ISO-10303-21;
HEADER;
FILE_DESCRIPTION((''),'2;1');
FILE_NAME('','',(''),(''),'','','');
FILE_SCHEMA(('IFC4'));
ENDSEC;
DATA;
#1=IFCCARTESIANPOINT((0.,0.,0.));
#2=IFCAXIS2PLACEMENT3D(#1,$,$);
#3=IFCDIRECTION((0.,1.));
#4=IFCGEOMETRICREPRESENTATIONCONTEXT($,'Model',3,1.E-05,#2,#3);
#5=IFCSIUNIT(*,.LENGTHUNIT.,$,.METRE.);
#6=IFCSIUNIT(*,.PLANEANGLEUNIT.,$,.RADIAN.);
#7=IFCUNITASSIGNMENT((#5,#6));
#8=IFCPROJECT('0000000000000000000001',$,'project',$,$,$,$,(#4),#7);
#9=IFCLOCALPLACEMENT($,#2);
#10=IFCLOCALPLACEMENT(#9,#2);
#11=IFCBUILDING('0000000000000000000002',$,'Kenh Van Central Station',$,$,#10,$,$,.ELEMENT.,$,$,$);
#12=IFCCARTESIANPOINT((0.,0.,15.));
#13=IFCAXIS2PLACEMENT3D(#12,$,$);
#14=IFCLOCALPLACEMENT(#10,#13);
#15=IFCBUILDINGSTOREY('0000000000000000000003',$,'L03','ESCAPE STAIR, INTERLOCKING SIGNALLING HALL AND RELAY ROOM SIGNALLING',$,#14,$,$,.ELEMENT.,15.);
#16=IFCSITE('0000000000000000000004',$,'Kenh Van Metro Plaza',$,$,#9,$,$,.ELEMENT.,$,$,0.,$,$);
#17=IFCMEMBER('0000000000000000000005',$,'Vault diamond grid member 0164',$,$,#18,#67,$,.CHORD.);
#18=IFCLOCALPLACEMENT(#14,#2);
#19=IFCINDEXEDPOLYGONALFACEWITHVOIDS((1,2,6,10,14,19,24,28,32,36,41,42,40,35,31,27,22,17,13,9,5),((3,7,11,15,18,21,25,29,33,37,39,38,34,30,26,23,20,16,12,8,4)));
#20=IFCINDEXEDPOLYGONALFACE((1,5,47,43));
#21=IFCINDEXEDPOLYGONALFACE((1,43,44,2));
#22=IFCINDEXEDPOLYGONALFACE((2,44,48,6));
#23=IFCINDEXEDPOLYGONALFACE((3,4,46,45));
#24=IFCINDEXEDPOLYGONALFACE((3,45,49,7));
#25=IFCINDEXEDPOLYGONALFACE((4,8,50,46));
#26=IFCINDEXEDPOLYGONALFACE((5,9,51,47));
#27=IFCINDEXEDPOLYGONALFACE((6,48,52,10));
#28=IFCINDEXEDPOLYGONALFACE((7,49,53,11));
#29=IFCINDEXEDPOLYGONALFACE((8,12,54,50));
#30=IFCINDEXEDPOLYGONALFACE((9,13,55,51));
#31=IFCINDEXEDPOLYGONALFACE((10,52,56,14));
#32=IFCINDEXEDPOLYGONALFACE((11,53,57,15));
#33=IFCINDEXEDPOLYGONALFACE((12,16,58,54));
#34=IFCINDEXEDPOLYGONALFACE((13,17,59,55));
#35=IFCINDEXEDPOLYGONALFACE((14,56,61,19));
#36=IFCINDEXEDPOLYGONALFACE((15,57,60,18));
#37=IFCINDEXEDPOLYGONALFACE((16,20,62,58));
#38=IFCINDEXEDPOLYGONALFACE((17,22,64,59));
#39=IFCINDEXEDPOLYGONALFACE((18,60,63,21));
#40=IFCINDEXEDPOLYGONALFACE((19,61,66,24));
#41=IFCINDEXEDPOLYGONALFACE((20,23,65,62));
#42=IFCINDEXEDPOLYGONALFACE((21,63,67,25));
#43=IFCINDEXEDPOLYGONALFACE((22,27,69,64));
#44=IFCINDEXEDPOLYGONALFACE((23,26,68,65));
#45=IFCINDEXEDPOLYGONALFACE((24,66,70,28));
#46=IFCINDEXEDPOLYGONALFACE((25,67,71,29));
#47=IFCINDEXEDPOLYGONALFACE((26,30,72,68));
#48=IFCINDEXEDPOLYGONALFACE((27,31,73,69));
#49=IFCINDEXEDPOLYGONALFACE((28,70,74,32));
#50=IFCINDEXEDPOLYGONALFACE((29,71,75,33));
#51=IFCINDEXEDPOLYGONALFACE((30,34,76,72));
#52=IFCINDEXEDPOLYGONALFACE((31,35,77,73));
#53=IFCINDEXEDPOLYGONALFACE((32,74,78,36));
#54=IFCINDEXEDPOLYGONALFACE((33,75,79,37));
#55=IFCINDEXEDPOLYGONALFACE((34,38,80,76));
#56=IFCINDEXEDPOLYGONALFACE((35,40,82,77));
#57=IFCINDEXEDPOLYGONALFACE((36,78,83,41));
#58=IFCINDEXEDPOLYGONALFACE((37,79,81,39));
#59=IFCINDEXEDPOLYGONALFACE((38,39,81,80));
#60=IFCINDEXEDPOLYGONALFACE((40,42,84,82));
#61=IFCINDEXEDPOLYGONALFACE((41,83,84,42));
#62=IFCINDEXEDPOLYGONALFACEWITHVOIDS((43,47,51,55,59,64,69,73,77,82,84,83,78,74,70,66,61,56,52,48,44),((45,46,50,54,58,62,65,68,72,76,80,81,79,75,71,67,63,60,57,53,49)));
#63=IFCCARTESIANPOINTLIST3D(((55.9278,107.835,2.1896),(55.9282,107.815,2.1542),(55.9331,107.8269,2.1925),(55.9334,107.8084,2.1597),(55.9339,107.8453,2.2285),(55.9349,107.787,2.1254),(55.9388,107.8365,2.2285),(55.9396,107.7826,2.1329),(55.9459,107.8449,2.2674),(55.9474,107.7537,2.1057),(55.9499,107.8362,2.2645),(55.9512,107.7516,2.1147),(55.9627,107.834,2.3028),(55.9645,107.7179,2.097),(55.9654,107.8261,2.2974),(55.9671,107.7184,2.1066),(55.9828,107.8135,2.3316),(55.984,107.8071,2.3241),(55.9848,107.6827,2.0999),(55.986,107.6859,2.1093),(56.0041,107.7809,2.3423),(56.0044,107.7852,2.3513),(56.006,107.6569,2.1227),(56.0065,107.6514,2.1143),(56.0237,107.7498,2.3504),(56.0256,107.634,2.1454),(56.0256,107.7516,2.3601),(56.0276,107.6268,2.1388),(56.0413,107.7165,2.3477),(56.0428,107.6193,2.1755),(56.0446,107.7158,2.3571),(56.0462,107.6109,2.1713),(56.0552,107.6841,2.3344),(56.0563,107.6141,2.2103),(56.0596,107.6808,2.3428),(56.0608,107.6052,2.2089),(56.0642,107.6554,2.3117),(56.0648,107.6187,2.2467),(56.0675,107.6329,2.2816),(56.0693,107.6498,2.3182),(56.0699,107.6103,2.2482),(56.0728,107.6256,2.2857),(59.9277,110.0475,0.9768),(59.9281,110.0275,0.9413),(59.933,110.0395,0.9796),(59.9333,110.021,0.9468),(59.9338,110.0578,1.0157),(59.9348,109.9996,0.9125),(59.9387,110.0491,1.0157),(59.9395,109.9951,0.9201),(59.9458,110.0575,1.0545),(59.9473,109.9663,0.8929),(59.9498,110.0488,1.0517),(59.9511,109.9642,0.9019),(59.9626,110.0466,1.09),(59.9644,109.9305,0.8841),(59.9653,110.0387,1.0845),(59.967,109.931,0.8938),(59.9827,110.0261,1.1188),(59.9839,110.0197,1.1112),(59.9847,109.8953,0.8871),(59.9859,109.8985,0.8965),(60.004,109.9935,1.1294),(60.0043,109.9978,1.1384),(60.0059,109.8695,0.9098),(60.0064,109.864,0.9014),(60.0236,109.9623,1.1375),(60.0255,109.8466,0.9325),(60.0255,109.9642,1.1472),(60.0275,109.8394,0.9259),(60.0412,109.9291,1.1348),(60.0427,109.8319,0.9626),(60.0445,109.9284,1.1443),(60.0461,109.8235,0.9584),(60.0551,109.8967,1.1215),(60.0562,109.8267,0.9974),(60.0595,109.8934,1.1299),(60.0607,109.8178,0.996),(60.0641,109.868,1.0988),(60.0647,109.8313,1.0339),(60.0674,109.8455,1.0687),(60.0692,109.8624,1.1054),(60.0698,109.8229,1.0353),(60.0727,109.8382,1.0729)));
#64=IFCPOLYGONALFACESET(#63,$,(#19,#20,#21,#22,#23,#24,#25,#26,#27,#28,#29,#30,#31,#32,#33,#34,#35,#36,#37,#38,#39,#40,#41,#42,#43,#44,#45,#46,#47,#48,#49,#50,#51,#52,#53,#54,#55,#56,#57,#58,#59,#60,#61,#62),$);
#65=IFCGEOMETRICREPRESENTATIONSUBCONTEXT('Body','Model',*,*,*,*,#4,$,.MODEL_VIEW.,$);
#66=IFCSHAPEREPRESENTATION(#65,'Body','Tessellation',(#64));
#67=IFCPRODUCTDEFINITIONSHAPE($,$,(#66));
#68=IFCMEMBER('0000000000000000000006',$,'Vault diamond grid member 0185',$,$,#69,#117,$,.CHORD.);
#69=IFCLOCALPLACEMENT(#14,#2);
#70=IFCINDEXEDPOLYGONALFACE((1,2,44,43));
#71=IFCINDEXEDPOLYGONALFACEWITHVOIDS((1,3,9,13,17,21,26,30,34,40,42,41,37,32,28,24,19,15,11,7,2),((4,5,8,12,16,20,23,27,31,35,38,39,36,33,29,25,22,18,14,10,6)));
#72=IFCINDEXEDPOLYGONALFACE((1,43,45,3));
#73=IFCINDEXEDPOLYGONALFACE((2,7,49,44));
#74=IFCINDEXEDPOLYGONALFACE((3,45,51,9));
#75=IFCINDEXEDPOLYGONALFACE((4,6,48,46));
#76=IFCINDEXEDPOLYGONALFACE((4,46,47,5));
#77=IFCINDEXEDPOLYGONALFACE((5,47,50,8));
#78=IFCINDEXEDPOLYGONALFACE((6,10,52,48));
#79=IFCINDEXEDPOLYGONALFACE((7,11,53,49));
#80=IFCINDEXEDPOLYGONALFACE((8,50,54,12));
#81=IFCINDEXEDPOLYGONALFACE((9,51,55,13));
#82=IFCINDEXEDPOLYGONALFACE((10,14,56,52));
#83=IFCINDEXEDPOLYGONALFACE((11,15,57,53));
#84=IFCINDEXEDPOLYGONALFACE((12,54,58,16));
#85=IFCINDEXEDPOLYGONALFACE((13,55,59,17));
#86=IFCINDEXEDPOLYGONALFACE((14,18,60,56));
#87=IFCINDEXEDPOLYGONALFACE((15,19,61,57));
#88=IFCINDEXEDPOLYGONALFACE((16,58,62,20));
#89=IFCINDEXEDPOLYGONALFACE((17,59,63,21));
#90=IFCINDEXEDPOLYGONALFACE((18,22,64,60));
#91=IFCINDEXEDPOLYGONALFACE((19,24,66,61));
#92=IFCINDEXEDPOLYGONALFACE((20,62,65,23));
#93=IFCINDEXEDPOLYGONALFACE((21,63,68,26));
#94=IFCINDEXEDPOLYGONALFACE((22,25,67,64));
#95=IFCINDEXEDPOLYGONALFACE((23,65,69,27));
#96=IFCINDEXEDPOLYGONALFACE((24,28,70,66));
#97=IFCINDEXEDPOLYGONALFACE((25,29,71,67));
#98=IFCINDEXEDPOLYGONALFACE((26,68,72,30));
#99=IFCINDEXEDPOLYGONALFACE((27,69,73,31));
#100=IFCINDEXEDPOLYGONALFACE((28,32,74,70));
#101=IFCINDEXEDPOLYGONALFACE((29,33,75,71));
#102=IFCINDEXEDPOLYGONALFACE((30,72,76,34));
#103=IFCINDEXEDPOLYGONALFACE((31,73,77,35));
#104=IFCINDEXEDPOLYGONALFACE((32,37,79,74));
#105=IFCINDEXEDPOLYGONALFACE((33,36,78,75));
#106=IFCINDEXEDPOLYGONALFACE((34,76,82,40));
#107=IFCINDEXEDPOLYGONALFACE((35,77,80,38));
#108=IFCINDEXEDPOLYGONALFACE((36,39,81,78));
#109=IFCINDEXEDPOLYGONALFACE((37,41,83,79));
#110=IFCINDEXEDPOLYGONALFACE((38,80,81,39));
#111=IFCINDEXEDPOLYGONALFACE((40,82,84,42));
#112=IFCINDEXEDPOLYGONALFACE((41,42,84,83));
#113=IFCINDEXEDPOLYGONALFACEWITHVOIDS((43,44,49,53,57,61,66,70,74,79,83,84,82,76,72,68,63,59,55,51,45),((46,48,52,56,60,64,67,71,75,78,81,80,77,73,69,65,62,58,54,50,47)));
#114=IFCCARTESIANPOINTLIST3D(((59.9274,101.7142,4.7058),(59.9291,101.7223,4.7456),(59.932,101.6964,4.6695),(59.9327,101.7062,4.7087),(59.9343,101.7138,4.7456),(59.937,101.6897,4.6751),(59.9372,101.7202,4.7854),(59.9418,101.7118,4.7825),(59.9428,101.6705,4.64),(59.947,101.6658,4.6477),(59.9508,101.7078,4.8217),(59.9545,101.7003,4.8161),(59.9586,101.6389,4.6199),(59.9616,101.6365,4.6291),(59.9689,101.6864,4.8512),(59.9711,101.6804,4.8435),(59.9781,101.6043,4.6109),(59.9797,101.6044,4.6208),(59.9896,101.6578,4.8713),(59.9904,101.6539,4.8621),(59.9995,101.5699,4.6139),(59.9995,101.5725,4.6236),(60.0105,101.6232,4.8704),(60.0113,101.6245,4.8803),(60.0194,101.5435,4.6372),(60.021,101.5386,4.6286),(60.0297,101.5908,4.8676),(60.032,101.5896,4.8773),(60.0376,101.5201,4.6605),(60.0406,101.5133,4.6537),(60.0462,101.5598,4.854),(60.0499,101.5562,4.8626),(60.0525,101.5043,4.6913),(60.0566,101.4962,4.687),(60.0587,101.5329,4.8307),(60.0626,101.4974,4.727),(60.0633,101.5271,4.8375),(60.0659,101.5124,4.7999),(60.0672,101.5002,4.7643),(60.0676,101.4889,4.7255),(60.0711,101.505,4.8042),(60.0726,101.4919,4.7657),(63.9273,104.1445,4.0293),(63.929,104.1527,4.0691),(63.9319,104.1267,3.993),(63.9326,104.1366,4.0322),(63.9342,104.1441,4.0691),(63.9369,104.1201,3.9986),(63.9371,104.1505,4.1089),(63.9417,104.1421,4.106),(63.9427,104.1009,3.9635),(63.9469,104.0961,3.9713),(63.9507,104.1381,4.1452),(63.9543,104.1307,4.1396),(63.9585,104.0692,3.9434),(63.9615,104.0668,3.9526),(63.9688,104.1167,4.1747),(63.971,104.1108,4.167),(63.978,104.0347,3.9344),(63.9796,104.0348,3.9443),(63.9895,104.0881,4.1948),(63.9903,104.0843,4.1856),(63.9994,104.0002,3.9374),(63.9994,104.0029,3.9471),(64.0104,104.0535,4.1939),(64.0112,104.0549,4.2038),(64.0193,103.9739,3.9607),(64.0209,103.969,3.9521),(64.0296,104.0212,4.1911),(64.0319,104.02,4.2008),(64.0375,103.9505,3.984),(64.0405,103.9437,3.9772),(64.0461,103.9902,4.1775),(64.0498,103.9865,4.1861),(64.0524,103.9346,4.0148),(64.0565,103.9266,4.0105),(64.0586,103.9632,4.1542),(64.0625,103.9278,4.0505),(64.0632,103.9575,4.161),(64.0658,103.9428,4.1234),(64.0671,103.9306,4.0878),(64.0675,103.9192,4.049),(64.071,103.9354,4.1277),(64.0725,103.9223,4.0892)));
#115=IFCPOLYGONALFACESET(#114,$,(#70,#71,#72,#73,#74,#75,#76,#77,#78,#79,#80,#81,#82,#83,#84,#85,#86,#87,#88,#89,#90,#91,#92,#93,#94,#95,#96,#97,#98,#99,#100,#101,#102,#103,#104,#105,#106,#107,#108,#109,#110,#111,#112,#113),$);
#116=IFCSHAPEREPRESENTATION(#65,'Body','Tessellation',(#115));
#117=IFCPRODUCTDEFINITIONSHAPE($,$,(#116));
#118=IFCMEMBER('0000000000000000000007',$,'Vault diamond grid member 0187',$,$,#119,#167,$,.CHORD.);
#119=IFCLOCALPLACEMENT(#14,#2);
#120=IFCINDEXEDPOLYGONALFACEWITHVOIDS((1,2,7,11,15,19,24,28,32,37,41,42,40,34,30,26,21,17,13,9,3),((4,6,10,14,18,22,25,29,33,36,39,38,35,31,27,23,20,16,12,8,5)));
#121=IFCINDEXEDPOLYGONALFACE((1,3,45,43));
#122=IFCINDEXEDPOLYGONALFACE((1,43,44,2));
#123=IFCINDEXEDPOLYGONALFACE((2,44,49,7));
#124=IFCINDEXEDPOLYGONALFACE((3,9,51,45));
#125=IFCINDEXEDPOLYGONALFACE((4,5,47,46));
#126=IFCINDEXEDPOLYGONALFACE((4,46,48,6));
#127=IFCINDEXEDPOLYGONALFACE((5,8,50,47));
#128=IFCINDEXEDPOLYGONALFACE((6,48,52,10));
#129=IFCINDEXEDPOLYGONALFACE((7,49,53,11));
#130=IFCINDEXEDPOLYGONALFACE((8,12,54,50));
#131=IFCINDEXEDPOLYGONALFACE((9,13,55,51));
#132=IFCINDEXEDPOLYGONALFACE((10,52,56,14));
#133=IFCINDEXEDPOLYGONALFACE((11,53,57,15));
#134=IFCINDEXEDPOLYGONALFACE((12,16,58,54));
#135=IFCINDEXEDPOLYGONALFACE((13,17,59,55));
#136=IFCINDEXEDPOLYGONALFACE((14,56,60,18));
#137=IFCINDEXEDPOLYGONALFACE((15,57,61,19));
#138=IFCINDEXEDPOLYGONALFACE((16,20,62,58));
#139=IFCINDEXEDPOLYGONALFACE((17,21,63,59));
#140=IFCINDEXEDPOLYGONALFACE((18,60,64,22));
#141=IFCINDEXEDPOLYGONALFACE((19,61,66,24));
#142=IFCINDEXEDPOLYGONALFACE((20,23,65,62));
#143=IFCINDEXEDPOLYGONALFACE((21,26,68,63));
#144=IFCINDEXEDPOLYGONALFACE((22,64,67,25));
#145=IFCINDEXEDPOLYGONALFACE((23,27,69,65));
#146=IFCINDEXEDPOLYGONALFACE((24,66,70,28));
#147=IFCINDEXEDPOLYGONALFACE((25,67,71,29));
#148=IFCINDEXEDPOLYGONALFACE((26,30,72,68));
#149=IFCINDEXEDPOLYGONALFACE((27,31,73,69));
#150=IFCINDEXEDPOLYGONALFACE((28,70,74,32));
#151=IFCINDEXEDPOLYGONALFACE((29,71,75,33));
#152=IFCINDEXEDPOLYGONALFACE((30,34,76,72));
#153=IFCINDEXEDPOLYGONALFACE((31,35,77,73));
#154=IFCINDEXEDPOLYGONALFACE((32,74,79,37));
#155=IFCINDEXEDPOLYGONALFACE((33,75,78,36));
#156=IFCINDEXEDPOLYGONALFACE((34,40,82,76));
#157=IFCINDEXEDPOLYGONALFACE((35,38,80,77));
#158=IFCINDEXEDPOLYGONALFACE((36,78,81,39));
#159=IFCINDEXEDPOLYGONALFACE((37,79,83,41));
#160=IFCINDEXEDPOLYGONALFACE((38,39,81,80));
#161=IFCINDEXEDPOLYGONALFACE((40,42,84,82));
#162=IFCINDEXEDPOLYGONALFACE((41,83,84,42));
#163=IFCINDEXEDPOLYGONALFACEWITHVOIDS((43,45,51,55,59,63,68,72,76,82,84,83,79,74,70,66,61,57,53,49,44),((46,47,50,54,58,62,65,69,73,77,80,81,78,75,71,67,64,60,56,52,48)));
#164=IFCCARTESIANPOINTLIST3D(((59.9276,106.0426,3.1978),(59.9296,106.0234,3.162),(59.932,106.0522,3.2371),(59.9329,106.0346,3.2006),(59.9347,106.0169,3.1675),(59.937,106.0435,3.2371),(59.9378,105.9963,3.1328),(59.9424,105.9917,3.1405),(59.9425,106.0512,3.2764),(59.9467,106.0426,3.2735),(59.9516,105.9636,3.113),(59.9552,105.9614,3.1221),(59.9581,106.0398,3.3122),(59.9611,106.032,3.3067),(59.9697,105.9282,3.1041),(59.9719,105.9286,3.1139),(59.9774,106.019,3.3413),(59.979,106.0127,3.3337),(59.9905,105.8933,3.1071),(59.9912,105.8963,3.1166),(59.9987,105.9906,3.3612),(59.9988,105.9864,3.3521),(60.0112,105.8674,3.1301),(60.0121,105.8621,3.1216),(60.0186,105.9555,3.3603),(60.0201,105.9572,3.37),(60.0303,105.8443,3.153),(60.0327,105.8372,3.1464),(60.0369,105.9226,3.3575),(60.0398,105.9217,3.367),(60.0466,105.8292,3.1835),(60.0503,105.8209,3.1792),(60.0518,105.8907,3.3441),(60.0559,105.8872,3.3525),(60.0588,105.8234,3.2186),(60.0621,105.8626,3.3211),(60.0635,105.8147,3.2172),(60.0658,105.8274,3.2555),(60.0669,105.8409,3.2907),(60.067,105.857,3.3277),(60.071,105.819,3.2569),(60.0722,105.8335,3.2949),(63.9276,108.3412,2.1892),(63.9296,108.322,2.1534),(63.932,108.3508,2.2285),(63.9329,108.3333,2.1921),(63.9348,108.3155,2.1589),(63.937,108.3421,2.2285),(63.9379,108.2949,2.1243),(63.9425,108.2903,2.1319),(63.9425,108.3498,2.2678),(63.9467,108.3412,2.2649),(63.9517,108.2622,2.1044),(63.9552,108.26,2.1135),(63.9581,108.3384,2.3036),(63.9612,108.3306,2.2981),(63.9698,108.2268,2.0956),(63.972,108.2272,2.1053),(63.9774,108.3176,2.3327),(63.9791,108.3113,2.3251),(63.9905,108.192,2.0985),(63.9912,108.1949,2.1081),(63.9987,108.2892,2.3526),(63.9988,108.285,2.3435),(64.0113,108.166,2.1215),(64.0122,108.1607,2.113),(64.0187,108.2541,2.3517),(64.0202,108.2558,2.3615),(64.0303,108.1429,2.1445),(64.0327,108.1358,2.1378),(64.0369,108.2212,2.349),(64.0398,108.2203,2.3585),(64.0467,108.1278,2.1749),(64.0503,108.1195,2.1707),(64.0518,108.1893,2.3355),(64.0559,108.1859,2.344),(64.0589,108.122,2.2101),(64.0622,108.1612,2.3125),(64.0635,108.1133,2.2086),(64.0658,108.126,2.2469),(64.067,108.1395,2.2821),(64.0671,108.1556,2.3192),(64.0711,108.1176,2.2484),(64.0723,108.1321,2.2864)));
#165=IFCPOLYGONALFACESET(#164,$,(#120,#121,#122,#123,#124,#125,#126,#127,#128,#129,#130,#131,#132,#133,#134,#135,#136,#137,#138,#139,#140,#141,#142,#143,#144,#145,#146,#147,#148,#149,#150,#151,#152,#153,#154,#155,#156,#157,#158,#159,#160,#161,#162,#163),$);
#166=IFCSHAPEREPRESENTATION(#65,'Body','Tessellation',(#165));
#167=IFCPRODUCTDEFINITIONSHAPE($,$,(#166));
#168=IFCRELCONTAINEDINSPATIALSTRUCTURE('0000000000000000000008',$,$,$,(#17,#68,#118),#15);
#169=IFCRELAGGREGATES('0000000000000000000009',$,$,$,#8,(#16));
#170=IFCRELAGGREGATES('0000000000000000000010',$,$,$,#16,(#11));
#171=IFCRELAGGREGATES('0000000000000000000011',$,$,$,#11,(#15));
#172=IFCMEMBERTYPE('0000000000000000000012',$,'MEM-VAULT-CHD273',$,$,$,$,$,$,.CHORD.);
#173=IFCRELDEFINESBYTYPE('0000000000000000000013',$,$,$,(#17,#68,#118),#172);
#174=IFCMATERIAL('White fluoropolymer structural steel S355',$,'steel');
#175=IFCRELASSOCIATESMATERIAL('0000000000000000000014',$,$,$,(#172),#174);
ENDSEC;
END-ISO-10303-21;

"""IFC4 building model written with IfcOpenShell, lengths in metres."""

from ifc_helpers import new_model, si_unit, direction, frame, origin, origin_2d, place, context, subcontext, project, spatial, hollow_circle, extrude, material, material_profile, profile_set, type_object, element, save


model = new_model("IFC4")

# Units and contexts
model_context = context("Model", 3, precision=1e-05, world=origin(), true_north=direction((0.0, 1.0)))
body_context = subcontext(model_context, "Body", "Model", "MODEL_VIEW")
ifc_project = project(units=[si_unit("LENGTHUNIT", "METRE"), si_unit("PLANEANGLEUNIT", "RADIAN")], contexts=[model_context])

# Site, building, storey
site_placement = place(None, origin())
site = spatial("IfcSite", under=ifc_project, at=site_placement, Name="Kenh Van Metro Plaza", CompositionType="ELEMENT", RefElevation=0.0)
building_placement = place(site_placement, origin())
building = spatial("IfcBuilding", under=site, at=building_placement, Name="Kenh Van Central Station", CompositionType="ELEMENT")
storey_placement = place(building_placement, frame((0.0, 0.0, 15.0)))
storey = spatial("IfcBuildingStorey", under=building, at=storey_placement, Name="L03", Description="ESCAPE STAIR, INTERLOCKING SIGNALLING HALL AND RELAY ROOM SIGNALLING", CompositionType="ELEMENT", Elevation=15.0)

# Shared definitions
ifc_material_1 = material(Name="White fluoropolymer structural steel S355", Category="steel")

# Members
ifc_material_profile_1 = material_profile(ifc_material_1, hollow_circle(Radius=0.1365, WallThickness=0.01, at=origin_2d()), Name="CHS 273x10")
ifc_profile_set_1 = profile_set([ifc_material_profile_1], Name="White fluoropolymer structural steel S355")
member_type_1 = type_object("IfcMemberType", Name="MEM-VAULT-CHD273", PredefinedType="CHORD", material=ifc_profile_set_1)
member_1_placement = place(storey_placement, frame((56.0, 107.7258, 2.2285), z_axis=(0.845779, 0.467853, -0.256459), x_axis=(-0.484041, 0.875045, 0.0)))
element("IfcMember", 1, at=member_1_placement, inside=storey, type_object=member_type_1, Name="Vault diamond grid member 0164", PredefinedType="CHORD", context=body_context, shape_type="SweptSolid", body=[
    extrude(hollow_circle(Radius=0.1365, WallThickness=0.01, at=origin_2d()), origin(), (0.0, 0.0, 1.0), 4.7292),
])
member_2_placement = place(storey_placement, frame((60.0, 101.6057, 4.7456), z_axis=(0.845823, 0.513926, -0.143053), x_axis=(-0.519267, 0.854612, 0.0)))
element("IfcMember", 2, at=member_2_placement, inside=storey, type_object=member_type_1, Name="Vault diamond grid member 0185", PredefinedType="CHORD", context=body_context, shape_type="SweptSolid", body=[
    extrude(hollow_circle(Radius=0.1365, WallThickness=0.01, at=origin_2d()), origin(), (0.0, 0.0, 1.0), 4.729),
])
member_3_placement = place(storey_placement, frame((60.0, 105.9338, 3.2371), z_axis=(0.847035, 0.486745, -0.213568), x_axis=(-0.49824, 0.867039, 0.0)))
element("IfcMember", 3, at=member_3_placement, inside=storey, type_object=member_type_1, Name="Vault diamond grid member 0187", PredefinedType="CHORD", context=body_context, shape_type="SweptSolid", body=[
    extrude(hollow_circle(Radius=0.1365, WallThickness=0.01, at=origin_2d()), origin(), (0.0, 0.0, 1.0), 4.7224),
])

save(model, "model.ifc")
